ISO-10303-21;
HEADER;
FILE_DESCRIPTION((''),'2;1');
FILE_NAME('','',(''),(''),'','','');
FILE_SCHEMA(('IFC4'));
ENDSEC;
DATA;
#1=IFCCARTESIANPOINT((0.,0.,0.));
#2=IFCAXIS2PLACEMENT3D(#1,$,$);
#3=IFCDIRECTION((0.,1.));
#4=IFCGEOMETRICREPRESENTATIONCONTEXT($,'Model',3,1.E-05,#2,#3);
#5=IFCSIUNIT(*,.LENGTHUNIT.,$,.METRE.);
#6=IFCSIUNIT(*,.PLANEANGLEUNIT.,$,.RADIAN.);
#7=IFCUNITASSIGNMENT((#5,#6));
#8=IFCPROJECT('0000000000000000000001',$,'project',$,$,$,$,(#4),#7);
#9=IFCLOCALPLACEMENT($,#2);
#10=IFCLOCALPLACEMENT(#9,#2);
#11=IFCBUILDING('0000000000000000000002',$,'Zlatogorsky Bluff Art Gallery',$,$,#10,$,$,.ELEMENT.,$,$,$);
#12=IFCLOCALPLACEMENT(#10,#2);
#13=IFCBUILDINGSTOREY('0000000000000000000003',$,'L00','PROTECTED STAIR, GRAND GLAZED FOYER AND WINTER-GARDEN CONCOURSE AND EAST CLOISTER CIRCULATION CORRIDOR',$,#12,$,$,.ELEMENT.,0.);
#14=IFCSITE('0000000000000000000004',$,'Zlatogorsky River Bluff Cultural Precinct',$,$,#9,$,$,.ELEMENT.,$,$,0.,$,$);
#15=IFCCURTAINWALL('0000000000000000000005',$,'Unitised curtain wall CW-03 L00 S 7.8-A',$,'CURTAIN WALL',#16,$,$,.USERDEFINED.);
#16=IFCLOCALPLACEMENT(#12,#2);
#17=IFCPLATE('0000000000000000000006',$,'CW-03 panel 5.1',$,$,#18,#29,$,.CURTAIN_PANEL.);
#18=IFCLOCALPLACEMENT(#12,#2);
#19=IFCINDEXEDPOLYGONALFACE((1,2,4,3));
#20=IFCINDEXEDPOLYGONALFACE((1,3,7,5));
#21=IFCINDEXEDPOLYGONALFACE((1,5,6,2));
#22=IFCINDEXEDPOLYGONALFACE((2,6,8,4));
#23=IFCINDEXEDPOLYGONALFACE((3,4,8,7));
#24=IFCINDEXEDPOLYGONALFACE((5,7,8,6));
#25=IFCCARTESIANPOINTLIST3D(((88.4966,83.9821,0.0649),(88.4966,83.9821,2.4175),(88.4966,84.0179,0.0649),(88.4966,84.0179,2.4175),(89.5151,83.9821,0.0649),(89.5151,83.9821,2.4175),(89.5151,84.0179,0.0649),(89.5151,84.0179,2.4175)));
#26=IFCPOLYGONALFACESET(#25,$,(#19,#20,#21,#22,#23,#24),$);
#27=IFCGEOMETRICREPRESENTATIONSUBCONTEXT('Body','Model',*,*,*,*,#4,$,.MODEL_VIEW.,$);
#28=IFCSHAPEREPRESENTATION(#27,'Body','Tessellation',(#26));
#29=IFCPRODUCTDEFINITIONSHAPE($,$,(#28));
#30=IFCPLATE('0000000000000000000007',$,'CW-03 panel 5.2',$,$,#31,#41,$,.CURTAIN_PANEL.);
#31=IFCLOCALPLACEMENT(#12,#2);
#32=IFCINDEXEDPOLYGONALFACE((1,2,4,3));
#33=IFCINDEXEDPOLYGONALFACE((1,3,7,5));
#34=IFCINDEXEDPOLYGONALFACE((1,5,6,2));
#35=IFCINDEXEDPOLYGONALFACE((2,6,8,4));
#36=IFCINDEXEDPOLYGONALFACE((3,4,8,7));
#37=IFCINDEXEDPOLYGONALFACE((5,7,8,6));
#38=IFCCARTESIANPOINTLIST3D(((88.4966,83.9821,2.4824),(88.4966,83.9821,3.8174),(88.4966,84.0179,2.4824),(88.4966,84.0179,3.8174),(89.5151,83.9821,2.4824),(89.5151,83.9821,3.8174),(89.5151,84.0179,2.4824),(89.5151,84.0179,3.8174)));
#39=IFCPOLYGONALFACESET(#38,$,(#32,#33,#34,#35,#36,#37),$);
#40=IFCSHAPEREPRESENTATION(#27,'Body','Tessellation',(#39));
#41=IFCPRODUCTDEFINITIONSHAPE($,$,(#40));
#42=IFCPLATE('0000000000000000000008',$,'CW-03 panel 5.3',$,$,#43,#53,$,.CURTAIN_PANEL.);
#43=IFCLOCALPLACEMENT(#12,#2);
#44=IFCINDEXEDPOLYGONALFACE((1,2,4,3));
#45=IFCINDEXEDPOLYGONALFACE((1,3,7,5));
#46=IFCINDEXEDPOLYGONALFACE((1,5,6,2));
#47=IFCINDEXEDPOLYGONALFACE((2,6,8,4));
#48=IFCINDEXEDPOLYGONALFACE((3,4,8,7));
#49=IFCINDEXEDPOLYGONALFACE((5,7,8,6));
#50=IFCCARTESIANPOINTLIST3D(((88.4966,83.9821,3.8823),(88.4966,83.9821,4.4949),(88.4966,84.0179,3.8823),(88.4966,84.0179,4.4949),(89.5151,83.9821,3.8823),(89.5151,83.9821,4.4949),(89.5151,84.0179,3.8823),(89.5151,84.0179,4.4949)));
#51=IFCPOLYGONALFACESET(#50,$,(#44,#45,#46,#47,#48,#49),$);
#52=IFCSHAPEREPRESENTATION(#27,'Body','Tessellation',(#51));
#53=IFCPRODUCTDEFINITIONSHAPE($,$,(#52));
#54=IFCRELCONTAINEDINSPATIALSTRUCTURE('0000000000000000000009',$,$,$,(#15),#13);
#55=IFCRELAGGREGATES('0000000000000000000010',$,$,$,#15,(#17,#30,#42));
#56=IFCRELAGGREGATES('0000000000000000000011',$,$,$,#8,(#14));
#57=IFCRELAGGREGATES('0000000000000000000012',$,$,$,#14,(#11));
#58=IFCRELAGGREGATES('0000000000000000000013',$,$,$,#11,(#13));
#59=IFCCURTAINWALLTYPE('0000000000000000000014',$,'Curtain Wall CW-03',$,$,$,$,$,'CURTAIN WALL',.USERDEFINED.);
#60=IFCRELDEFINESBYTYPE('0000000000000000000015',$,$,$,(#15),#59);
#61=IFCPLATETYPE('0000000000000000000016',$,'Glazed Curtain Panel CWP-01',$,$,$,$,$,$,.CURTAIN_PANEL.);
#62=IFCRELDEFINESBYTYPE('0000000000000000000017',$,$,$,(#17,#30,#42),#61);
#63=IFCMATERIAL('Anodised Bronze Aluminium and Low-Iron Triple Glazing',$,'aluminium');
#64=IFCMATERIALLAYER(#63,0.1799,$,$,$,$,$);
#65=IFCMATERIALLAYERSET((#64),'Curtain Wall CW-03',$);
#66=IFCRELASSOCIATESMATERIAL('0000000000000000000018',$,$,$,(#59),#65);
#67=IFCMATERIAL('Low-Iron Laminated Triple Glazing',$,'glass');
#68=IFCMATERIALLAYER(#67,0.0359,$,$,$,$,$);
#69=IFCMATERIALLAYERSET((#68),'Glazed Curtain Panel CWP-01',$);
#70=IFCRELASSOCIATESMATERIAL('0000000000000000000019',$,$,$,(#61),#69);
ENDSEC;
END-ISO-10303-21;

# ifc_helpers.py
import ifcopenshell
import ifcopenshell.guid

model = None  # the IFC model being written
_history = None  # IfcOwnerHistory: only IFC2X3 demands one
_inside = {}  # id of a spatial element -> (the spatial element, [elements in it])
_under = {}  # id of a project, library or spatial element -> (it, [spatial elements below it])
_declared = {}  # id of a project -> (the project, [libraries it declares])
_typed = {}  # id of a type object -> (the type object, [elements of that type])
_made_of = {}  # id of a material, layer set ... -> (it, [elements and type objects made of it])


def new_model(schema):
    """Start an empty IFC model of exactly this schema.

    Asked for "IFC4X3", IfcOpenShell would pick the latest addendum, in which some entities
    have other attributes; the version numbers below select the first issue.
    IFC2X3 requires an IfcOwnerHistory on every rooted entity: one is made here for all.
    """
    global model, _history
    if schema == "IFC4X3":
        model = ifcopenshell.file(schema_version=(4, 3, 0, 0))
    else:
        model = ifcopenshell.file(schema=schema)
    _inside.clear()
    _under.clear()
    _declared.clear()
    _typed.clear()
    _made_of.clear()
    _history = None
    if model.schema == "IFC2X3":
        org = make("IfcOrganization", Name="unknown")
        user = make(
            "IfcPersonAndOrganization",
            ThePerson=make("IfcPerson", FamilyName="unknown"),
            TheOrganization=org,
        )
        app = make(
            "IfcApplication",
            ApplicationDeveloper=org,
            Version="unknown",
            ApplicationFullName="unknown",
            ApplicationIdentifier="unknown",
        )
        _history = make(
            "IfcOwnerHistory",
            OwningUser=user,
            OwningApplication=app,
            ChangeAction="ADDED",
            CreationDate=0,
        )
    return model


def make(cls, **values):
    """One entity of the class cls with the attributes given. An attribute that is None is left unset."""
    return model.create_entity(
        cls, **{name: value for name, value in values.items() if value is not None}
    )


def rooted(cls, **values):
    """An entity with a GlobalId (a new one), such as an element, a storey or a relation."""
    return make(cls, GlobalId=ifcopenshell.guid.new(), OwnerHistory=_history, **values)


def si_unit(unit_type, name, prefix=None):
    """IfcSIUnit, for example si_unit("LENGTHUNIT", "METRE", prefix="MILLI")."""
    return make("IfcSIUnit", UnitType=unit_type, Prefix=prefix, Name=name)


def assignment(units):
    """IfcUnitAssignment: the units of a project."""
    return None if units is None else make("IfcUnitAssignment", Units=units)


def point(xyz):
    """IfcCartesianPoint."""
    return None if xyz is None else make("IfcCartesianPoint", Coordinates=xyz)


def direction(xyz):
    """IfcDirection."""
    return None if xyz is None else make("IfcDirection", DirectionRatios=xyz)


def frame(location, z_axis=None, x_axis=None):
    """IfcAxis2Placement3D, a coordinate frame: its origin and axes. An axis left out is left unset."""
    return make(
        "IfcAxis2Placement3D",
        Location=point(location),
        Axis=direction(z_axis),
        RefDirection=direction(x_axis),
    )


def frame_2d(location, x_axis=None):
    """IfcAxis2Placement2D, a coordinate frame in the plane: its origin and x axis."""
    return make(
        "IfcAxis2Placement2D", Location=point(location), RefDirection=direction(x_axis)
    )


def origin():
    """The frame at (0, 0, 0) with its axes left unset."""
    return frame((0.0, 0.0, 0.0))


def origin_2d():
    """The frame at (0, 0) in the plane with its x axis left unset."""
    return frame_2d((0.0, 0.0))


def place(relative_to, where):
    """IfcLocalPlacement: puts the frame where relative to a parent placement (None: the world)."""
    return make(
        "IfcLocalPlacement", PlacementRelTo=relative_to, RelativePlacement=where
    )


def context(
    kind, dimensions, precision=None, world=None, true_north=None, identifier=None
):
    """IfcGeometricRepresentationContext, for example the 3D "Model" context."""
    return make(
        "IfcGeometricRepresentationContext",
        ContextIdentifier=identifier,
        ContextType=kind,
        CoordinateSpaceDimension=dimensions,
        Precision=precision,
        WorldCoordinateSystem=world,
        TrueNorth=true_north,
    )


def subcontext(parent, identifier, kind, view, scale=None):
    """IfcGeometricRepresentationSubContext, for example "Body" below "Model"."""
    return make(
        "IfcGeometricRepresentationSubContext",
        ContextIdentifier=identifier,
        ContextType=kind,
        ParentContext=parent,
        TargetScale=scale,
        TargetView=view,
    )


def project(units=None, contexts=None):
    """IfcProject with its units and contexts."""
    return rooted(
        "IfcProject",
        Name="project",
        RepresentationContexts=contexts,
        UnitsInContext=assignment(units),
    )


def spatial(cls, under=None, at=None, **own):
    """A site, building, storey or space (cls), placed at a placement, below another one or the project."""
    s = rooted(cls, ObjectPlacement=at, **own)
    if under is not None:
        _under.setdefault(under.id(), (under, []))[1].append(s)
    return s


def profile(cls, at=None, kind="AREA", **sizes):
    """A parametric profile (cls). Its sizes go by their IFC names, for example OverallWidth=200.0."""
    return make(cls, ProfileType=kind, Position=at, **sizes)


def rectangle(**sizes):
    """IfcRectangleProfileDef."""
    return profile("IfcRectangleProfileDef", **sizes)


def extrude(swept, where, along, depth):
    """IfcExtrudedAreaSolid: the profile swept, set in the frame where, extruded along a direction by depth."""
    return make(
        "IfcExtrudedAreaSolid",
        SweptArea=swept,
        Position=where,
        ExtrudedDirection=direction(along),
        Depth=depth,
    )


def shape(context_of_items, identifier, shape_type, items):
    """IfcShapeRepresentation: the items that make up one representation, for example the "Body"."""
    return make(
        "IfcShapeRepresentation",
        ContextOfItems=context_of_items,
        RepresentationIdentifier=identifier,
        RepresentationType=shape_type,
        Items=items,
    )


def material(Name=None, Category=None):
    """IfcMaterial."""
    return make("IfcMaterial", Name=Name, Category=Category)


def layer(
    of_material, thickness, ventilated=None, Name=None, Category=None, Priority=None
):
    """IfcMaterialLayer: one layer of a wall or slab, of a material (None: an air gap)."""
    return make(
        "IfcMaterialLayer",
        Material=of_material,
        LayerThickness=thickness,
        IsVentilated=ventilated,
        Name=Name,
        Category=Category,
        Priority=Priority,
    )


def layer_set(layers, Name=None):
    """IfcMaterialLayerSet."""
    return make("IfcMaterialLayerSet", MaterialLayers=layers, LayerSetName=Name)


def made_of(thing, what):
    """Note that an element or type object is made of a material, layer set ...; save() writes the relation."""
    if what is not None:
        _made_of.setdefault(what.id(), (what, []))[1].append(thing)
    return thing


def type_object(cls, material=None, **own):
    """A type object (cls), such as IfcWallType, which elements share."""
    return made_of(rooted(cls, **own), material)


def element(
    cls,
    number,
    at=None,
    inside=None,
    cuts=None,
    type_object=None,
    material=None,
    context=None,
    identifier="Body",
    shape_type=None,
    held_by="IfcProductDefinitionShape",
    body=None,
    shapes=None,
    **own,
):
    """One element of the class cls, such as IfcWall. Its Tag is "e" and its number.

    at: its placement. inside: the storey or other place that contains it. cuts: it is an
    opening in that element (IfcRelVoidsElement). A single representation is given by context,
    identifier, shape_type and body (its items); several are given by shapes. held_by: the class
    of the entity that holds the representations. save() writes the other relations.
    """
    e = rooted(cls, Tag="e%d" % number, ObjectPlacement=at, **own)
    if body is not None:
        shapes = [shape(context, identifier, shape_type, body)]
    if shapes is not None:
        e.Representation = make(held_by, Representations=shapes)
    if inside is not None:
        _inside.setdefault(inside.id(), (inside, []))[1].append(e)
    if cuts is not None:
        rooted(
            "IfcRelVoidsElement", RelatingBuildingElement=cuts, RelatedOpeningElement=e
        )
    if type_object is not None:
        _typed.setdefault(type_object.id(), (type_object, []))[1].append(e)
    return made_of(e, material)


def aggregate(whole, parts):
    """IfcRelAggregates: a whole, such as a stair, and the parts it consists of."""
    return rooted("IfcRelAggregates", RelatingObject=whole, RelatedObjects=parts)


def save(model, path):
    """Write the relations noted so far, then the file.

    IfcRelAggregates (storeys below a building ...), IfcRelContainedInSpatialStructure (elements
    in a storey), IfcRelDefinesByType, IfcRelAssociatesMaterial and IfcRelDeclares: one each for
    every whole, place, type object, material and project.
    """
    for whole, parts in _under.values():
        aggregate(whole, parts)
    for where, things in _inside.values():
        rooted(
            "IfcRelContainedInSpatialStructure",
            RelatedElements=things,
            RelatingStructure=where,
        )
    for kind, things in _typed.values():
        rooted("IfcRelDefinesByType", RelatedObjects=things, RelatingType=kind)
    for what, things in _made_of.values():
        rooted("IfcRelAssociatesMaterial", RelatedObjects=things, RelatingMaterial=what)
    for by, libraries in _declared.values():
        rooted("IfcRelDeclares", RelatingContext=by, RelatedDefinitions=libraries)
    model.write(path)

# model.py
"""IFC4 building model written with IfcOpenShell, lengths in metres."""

from ifc_helpers import new_model, si_unit, direction, frame, origin, origin_2d, place, context, subcontext, project, spatial, rectangle, extrude, material, layer, layer_set, type_object, element, aggregate, save


model = new_model("IFC4")

# Units and contexts
model_context = context("Model", 3, precision=1e-05, world=origin(), true_north=direction((0.0, 1.0)))
body_context = subcontext(model_context, "Body", "Model", "MODEL_VIEW")
ifc_project = project(units=[si_unit("LENGTHUNIT", "METRE"), si_unit("PLANEANGLEUNIT", "RADIAN")], contexts=[model_context])

# Site, building, storey
site_placement = place(None, origin())
site = spatial("IfcSite", under=ifc_project, at=site_placement, Name="Zlatogorsky River Bluff Cultural Precinct", CompositionType="ELEMENT", RefElevation=0.0)
building_placement = place(site_placement, origin())
building = spatial("IfcBuilding", under=site, at=building_placement, Name="Zlatogorsky Bluff Art Gallery", CompositionType="ELEMENT")
storey_placement = place(building_placement, origin())
storey = spatial("IfcBuildingStorey", under=building, at=storey_placement, Name="L00", Description="PROTECTED STAIR, GRAND GLAZED FOYER AND WINTER-GARDEN CONCOURSE AND EAST CLOISTER CIRCULATION CORRIDOR", CompositionType="ELEMENT", Elevation=0.0)

# Curtain wall, plates
ifc_material_1 = material(Name="Anodised Bronze Aluminium and Low-Iron Triple Glazing", Category="aluminium")
ifc_layer_1 = layer(ifc_material_1, 0.1799)
ifc_layer_set_1 = layer_set([ifc_layer_1], Name="Curtain Wall CW-03")
curtain_wall_type = type_object("IfcCurtainWallType", Name="Curtain Wall CW-03", ElementType="CURTAIN WALL", PredefinedType="USERDEFINED", material=ifc_layer_set_1)
curtain_wall_placement = place(storey_placement, origin())
curtain_wall = element("IfcCurtainWall", 1, at=curtain_wall_placement, inside=storey, type_object=curtain_wall_type, Name="Unitised curtain wall CW-03 L00 S 7.8-A", ObjectType="CURTAIN WALL", PredefinedType="USERDEFINED")
ifc_material_2 = material(Name="Low-Iron Laminated Triple Glazing", Category="glass")
ifc_layer_2 = layer(ifc_material_2, 0.0359)
ifc_layer_set_2 = layer_set([ifc_layer_2], Name="Glazed Curtain Panel CWP-01")
plate_type = type_object("IfcPlateType", Name="Glazed Curtain Panel CWP-01", PredefinedType="CURTAIN_PANEL", material=ifc_layer_set_2)
plate_1_placement = place(storey_placement, frame((89.0059, 84.0, 0.0649), z_axis=(0.0, 0.0, 1.0), x_axis=(1.0, 0.0, 0.0)))
plate_1 = element("IfcPlate", 2, at=plate_1_placement, type_object=plate_type, Name="CW-03 panel 5.1", PredefinedType="CURTAIN_PANEL", context=body_context, shape_type="SweptSolid", body=[
    extrude(rectangle(XDim=1.0186, YDim=0.0359, at=origin_2d()), origin(), (0.0, 0.0, 1.0), 2.3525),
])
plate_2_placement = place(storey_placement, frame((89.0059, 84.0, 2.4824), z_axis=(0.0, 0.0, 1.0), x_axis=(1.0, 0.0, 0.0)))
plate_2 = element("IfcPlate", 3, at=plate_2_placement, type_object=plate_type, Name="CW-03 panel 5.2", PredefinedType="CURTAIN_PANEL", context=body_context, shape_type="SweptSolid", body=[
    extrude(rectangle(XDim=1.0186, YDim=0.0359, at=origin_2d()), origin(), (0.0, 0.0, 1.0), 1.335),
])
plate_3_placement = place(storey_placement, frame((89.0059, 84.0, 3.8823), z_axis=(0.0, 0.0, 1.0), x_axis=(1.0, 0.0, 0.0)))
plate_3 = element("IfcPlate", 4, at=plate_3_placement, type_object=plate_type, Name="CW-03 panel 5.3", PredefinedType="CURTAIN_PANEL", context=body_context, shape_type="SweptSolid", body=[
    extrude(rectangle(XDim=1.0186, YDim=0.0359, at=origin_2d()), origin(), (0.0, 0.0, 1.0), 0.6125),
])
aggregate(curtain_wall, [plate_1, plate_2, plate_3])

save(model, "model.ifc")
